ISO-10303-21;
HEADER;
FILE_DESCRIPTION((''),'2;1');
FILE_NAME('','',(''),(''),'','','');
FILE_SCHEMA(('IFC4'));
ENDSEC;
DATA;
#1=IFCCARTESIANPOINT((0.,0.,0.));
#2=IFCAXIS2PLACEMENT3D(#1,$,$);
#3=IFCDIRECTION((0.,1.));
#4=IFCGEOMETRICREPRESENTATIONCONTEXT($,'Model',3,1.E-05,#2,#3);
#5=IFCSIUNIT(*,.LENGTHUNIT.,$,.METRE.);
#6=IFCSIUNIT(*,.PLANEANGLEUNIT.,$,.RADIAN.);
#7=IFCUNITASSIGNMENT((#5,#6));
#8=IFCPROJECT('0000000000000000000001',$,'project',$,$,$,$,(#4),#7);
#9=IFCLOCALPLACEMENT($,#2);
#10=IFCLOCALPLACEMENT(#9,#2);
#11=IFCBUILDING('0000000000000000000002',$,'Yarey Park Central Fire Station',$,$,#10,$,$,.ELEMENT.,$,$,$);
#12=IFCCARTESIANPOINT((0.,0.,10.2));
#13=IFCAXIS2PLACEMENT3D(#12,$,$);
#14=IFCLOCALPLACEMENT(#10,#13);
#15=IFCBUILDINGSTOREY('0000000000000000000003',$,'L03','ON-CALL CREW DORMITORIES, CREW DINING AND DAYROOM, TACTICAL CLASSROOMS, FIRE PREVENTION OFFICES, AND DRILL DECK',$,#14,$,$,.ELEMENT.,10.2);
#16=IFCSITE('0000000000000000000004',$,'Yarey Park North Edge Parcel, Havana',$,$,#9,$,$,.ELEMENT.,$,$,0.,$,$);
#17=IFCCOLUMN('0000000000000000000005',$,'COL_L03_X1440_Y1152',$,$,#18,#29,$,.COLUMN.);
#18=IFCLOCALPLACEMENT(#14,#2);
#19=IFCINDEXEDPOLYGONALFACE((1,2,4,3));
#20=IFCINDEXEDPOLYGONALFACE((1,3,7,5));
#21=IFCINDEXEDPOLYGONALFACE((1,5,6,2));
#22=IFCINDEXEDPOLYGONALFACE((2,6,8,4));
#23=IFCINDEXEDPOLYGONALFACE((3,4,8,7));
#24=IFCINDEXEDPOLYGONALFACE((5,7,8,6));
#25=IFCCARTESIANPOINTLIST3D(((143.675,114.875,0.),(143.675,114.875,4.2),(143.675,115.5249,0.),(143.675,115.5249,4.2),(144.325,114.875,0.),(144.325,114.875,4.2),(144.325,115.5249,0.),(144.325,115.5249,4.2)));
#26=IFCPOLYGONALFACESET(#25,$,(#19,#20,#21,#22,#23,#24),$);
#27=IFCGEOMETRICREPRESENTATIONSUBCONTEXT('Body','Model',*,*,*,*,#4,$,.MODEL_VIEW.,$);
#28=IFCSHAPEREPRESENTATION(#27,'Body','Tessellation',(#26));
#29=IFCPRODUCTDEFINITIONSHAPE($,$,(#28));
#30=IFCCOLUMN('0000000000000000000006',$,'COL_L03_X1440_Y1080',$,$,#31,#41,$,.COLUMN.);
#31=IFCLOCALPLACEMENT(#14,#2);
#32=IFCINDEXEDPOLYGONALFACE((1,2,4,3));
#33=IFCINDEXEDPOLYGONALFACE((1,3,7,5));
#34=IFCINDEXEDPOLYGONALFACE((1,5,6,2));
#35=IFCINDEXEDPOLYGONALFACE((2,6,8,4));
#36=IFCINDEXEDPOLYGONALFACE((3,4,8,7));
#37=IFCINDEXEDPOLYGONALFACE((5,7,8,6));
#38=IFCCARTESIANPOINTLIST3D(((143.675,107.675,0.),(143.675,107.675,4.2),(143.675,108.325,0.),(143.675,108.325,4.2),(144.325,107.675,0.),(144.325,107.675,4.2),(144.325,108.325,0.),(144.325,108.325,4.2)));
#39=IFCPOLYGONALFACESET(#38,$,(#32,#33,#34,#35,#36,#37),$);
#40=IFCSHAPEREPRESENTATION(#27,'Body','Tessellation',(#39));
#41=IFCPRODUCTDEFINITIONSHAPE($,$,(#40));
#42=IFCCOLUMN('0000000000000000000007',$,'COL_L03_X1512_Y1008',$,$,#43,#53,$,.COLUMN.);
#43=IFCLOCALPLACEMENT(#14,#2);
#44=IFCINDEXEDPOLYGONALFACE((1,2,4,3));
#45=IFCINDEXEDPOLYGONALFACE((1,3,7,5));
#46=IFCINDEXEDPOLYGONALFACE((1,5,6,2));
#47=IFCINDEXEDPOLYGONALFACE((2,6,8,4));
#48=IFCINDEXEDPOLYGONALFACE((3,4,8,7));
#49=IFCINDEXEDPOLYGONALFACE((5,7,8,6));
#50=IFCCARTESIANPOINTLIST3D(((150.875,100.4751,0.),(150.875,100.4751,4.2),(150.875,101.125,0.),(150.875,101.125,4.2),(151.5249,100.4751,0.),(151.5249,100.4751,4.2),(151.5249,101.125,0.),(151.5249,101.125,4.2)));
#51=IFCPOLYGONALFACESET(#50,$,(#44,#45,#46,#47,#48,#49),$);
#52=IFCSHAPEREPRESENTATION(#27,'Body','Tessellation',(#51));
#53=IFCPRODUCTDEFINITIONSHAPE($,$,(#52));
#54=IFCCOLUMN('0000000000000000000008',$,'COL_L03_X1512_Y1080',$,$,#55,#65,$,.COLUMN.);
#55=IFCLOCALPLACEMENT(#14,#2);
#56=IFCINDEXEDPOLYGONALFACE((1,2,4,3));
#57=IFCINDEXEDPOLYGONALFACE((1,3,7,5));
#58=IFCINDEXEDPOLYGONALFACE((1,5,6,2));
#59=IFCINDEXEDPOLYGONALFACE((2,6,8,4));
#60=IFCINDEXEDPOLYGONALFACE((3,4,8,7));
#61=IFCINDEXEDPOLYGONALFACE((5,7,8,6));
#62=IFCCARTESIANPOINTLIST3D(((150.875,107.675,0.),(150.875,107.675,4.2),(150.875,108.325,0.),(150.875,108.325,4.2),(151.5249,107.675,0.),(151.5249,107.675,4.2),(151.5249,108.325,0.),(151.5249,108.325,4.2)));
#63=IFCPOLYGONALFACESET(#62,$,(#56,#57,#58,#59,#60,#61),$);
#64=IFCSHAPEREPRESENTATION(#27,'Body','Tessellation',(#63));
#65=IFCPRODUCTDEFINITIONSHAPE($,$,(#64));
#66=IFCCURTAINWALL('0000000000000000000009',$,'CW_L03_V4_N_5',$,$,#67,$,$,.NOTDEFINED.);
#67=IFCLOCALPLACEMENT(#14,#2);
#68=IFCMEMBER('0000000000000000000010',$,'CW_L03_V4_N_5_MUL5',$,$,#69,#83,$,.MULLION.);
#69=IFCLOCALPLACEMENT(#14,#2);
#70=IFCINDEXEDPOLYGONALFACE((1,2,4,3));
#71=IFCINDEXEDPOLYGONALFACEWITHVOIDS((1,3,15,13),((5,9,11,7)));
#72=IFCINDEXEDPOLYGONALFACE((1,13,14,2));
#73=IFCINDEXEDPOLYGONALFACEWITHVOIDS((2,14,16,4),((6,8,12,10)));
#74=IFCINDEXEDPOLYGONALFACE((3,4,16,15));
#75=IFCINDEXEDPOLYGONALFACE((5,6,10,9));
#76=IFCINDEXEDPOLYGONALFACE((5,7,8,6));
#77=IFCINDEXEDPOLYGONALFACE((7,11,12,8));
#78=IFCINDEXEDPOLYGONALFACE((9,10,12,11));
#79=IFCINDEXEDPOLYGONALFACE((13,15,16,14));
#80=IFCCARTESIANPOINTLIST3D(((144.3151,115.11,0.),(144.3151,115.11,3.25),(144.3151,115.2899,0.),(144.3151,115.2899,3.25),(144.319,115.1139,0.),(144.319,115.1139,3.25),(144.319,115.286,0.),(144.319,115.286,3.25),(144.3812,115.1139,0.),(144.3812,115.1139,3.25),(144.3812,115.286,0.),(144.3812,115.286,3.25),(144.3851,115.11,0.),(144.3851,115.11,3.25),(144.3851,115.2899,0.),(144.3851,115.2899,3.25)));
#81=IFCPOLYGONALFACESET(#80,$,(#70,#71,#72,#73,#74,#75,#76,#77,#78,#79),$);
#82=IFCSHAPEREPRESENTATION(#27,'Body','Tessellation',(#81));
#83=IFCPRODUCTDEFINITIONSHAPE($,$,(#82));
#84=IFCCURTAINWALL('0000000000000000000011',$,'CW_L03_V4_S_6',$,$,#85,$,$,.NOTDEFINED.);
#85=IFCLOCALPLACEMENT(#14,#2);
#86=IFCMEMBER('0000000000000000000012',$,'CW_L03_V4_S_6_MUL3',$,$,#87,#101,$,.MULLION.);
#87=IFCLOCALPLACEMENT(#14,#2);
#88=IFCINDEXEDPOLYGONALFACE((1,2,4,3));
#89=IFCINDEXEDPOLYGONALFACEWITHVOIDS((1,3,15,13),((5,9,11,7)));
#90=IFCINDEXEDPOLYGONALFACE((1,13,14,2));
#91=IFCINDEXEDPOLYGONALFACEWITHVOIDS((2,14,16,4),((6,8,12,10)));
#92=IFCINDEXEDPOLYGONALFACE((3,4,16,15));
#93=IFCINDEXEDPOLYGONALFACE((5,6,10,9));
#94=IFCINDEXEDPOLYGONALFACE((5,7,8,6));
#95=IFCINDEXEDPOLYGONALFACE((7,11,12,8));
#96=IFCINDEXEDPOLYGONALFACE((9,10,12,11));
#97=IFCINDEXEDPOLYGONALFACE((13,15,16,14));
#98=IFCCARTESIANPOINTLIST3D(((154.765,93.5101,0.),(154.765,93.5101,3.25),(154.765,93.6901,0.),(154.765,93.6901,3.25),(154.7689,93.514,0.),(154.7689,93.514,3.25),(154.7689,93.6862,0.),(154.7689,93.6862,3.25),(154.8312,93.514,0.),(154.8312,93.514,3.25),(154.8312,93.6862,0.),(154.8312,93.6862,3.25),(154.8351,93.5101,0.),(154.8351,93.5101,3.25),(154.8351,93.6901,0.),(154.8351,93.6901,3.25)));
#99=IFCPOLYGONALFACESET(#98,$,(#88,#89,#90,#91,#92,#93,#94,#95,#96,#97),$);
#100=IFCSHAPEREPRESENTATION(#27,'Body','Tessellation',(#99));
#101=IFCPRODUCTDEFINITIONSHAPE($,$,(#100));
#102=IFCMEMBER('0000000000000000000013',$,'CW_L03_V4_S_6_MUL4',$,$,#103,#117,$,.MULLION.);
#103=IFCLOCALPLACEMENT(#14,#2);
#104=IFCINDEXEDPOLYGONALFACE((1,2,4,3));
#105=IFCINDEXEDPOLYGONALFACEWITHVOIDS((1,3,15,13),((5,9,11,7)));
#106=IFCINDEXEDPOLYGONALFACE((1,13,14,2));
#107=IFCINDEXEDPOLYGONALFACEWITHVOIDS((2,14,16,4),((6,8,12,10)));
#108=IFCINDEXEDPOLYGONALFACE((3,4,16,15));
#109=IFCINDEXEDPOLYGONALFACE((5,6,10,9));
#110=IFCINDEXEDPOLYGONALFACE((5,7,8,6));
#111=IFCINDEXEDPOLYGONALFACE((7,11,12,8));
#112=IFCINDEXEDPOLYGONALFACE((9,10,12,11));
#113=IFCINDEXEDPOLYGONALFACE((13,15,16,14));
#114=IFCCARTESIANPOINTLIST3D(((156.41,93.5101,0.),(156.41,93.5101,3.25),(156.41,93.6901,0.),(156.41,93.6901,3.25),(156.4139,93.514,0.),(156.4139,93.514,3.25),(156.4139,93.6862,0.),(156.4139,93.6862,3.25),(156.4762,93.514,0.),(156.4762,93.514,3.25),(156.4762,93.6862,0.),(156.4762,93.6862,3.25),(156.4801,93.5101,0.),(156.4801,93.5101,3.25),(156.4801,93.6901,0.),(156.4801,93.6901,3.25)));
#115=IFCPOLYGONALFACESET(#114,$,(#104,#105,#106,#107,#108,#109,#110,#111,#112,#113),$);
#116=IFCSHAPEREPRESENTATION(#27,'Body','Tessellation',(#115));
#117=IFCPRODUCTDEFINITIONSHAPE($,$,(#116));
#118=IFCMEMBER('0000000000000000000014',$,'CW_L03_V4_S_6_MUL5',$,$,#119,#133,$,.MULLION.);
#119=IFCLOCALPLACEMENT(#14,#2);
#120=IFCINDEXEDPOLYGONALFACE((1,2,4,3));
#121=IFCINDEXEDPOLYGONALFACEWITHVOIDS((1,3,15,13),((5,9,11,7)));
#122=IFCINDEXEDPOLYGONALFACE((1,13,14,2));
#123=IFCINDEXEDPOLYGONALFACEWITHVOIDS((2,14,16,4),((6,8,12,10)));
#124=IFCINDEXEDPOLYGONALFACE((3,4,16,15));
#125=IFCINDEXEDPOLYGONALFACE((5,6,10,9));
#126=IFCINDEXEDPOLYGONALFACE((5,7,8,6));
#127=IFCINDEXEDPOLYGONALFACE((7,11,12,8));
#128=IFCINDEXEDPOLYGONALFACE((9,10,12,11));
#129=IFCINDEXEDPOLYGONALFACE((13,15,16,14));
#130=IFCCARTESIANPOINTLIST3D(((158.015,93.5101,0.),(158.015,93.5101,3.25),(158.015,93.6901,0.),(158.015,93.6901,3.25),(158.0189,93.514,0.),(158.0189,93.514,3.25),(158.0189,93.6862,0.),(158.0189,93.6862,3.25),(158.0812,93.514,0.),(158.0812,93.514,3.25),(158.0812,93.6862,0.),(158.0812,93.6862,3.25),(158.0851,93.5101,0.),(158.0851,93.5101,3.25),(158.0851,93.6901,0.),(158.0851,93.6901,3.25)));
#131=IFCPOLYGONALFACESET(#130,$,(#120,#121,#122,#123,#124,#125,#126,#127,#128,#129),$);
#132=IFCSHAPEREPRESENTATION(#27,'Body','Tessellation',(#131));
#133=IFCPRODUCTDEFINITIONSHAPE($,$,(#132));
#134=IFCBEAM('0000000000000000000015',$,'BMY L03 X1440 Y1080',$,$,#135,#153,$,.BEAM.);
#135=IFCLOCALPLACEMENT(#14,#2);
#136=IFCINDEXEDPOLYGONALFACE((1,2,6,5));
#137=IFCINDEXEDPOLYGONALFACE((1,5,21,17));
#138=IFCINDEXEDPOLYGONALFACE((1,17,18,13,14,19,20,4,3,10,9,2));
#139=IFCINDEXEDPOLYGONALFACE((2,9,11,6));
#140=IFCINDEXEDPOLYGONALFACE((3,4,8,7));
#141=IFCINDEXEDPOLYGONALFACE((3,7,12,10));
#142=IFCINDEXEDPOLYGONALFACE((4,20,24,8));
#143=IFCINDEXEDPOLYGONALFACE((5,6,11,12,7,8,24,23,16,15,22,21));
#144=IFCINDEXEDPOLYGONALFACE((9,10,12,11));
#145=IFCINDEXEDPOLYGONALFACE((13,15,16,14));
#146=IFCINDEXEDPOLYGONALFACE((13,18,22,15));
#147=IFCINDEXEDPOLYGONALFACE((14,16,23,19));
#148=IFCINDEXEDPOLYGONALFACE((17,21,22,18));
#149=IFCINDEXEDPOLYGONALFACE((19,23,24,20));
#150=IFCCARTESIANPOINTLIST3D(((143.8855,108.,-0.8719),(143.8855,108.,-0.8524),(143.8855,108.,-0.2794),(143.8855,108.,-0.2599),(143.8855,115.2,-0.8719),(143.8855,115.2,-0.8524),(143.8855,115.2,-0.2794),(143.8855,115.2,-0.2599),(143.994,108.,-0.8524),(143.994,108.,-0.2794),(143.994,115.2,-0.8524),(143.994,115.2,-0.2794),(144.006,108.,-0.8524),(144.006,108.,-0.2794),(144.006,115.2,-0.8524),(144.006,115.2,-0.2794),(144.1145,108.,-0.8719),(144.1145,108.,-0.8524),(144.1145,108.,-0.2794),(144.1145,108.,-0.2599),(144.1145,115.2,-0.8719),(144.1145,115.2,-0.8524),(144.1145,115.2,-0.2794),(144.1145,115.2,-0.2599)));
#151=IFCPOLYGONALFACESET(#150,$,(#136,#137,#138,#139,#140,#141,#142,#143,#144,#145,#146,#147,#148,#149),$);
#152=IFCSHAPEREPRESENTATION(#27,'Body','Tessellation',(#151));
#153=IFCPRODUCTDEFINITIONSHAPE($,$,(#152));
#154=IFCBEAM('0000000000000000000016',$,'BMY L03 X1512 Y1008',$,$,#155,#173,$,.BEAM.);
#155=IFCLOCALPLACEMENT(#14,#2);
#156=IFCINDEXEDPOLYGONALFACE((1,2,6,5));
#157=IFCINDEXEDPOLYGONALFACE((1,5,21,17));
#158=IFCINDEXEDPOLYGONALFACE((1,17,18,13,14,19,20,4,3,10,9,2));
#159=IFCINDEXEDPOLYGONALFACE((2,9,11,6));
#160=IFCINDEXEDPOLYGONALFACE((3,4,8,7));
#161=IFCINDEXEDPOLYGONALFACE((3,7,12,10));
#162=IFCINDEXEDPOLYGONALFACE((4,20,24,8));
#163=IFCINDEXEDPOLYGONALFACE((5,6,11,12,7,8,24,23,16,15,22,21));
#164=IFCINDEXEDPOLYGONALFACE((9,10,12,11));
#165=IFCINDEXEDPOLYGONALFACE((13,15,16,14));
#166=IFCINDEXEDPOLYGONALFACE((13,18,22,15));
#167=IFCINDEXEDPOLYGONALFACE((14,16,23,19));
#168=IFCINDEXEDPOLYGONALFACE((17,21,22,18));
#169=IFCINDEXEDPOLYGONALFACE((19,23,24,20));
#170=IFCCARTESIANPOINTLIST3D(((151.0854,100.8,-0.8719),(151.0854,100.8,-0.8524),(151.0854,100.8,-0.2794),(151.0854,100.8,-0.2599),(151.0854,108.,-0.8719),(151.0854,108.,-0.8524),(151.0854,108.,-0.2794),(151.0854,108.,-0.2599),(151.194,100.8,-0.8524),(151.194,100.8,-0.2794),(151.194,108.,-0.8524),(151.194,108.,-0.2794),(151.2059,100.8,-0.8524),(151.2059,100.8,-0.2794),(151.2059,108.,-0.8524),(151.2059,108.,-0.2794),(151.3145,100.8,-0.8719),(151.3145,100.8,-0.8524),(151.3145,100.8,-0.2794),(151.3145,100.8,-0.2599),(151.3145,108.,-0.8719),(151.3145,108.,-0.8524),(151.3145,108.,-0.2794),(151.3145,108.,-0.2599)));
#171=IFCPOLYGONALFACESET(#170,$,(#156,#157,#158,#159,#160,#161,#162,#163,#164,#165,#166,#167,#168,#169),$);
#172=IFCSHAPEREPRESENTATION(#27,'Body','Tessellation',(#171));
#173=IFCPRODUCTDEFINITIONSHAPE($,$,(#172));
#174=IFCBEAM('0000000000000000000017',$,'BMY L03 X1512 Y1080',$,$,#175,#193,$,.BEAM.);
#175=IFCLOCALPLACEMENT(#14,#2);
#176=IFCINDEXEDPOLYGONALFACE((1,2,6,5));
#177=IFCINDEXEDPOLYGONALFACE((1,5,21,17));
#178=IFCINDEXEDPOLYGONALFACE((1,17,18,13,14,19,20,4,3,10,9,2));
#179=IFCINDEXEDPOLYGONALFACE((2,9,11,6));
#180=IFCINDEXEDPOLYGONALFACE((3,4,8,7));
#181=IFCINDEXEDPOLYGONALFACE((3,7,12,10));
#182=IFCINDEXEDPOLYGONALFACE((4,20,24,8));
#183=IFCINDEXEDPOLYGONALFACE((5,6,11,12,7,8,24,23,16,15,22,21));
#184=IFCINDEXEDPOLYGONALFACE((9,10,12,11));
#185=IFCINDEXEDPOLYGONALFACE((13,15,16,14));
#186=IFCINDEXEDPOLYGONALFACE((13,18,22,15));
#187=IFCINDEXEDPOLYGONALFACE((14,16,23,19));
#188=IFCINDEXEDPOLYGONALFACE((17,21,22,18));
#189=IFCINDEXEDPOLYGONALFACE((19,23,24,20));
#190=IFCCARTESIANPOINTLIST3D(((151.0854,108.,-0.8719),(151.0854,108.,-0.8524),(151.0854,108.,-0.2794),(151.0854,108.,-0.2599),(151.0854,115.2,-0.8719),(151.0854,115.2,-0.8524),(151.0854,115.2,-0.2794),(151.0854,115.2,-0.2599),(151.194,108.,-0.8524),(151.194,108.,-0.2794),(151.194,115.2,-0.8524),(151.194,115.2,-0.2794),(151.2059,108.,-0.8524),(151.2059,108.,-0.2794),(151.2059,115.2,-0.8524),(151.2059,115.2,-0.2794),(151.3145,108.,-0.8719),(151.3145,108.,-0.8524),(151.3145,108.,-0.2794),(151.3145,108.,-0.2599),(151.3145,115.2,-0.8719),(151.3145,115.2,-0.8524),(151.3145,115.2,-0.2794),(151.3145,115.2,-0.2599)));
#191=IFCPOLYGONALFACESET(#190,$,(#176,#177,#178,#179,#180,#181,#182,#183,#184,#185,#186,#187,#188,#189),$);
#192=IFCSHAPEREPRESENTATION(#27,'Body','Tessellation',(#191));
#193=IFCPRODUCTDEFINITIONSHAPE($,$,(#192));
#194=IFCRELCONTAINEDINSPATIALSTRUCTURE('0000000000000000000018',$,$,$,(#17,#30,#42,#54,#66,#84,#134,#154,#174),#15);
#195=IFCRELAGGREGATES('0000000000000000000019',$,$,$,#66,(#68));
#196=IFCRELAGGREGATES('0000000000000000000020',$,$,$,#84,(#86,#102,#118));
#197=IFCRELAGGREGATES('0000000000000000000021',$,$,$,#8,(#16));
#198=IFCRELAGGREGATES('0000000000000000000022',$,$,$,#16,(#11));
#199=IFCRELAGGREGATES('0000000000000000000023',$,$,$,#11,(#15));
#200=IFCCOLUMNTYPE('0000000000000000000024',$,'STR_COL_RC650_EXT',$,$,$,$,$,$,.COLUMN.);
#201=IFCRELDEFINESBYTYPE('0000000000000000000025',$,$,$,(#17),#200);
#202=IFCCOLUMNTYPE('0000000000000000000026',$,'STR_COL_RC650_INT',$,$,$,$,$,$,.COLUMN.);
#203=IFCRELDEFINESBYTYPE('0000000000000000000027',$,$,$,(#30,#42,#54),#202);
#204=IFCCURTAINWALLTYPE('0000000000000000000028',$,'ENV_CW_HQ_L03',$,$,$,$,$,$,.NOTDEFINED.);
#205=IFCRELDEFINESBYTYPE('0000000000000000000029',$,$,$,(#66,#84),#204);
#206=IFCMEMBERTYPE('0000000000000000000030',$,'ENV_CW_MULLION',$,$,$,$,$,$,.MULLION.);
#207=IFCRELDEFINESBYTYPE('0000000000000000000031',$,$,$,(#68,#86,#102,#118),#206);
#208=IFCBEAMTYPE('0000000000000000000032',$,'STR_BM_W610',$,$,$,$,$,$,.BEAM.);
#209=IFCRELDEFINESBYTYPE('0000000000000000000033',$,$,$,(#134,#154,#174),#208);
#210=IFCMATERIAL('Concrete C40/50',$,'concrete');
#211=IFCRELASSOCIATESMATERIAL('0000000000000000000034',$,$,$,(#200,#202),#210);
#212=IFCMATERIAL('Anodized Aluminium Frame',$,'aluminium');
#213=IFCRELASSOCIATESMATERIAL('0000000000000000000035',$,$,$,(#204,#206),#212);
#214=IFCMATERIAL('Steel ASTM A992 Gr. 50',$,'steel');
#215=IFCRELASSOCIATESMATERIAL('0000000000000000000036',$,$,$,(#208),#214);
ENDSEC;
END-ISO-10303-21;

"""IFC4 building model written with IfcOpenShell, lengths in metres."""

from ifc_helpers import new_model, si_unit, direction, frame, origin, origin_2d, place, context, subcontext, project, spatial, rectangle, hollow_rectangle, i_section, extrude, material, material_profile, profile_set, type_object, element, aggregate, save


model = new_model("IFC4")

# Units and contexts
model_context = context("Model", 3, precision=1e-05, world=origin(), true_north=direction((0.0, 1.0)))
body_context = subcontext(model_context, "Body", "Model", "MODEL_VIEW")
ifc_project = project(units=[si_unit("LENGTHUNIT", "METRE"), si_unit("PLANEANGLEUNIT", "RADIAN")], contexts=[model_context])

# Site, building, storey
site_placement = place(None, origin())
site = spatial("IfcSite", under=ifc_project, at=site_placement, Name="Yarey Park North Edge Parcel, Havana", CompositionType="ELEMENT", RefElevation=0.0)
building_placement = place(site_placement, origin())
building = spatial("IfcBuilding", under=site, at=building_placement, Name="Yarey Park Central Fire Station", CompositionType="ELEMENT")
storey_placement = place(building_placement, frame((0.0, 0.0, 10.2)))
storey = spatial("IfcBuildingStorey", under=building, at=storey_placement, Name="L03", Description="ON-CALL CREW DORMITORIES, CREW DINING AND DAYROOM, TACTICAL CLASSROOMS, FIRE PREVENTION OFFICES, AND DRILL DECK", CompositionType="ELEMENT", Elevation=10.2)

# Columns
ifc_material_1 = material(Name="Concrete C40/50", Category="concrete")
ifc_material_profile_1 = material_profile(ifc_material_1, rectangle(XDim=0.6499, YDim=0.6499, at=origin_2d()), Name="RC 650x650")
ifc_profile_set_1 = profile_set([ifc_material_profile_1], Name="Concrete C40/50")
column_type_1 = type_object("IfcColumnType", Name="STR_COL_RC650_EXT", PredefinedType="COLUMN", material=ifc_profile_set_1)
column_placement = place(storey_placement, frame((144.0, 115.2, 0.0), z_axis=(0.0, 0.0, 1.0), x_axis=(1.0, 0.0, 0.0)))
element("IfcColumn", 1, at=column_placement, inside=storey, type_object=column_type_1, Name="COL_L03_X1440_Y1152", PredefinedType="COLUMN", context=body_context, shape_type="SweptSolid", body=[
    extrude(rectangle(XDim=0.6499, YDim=0.6499, at=origin_2d()), origin(), (0.0, 0.0, 1.0), 4.2),
])
ifc_material_profile_2 = material_profile(ifc_material_1, rectangle(XDim=0.6499, YDim=0.6499, at=origin_2d()), Name="RC 650x650")
ifc_profile_set_2 = profile_set([ifc_material_profile_2], Name="Concrete C40/50")
column_type_2 = type_object("IfcColumnType", Name="STR_COL_RC650_INT", PredefinedType="COLUMN", material=ifc_profile_set_2)
for number, where, z_axis, x_axis, name in (
    (2, (144.0, 108.0, 0.0), (0.0, 0.0, 1.0), (1.0, 0.0, 0.0), "COL_L03_X1440_Y1080"),
    (3, (151.2, 100.8, 0.0), (0.0, 0.0, 1.0), (1.0, 0.0, 0.0), "COL_L03_X1512_Y1008"),
    (4, (151.2, 108.0, 0.0), (0.0, 0.0, 1.0), (1.0, 0.0, 0.0), "COL_L03_X1512_Y1080"),
):
    element("IfcColumn", number, at=place(storey_placement, frame(where, z_axis=z_axis, x_axis=x_axis)), inside=storey, type_object=column_type_2, Name=name, PredefinedType="COLUMN", context=body_context, shape_type="SweptSolid", body=[
        extrude(rectangle(XDim=0.6499, YDim=0.6499, at=origin_2d()), origin(), (0.0, 0.0, 1.0), 4.2),
    ])

# Curtain wall, member
ifc_material_2 = material(Name="Anodized Aluminium Frame", Category="aluminium")
curtain_wall_type = type_object("IfcCurtainWallType", Name="ENV_CW_HQ_L03", PredefinedType="NOTDEFINED", material=ifc_material_2)
curtain_wall_1_placement = place(storey_placement, origin())
curtain_wall_1 = element("IfcCurtainWall", 5, at=curtain_wall_1_placement, inside=storey, type_object=curtain_wall_type, Name="CW_L03_V4_N_5", PredefinedType="NOTDEFINED")
ifc_material_profile_3 = material_profile(ifc_material_2, hollow_rectangle(XDim=0.0701, YDim=0.1799, WallThickness=0.0039, at=origin_2d()), Name="ALU 180x70x4")
ifc_profile_set_3 = profile_set([ifc_material_profile_3], Name="Anodized Aluminium Frame")
member_type = type_object("IfcMemberType", Name="ENV_CW_MULLION", PredefinedType="MULLION", material=ifc_profile_set_3)
member_1_placement = place(storey_placement, frame((144.3501, 115.2, 0.0), z_axis=(0.0, 0.0, 1.0), x_axis=(1.0, 0.0, 0.0)))
member_1 = element("IfcMember", 6, at=member_1_placement, type_object=member_type, Name="CW_L03_V4_N_5_MUL5", PredefinedType="MULLION", context=body_context, shape_type="SweptSolid", body=[
    extrude(hollow_rectangle(XDim=0.0701, YDim=0.1799, WallThickness=0.0039, at=origin_2d()), origin(), (0.0, 0.0, 1.0), 3.25),
])
aggregate(curtain_wall_1, [member_1])

# Curtain wall, members
curtain_wall_2_placement = place(storey_placement, origin())
curtain_wall_2 = element("IfcCurtainWall", 7, at=curtain_wall_2_placement, inside=storey, type_object=curtain_wall_type, Name="CW_L03_V4_S_6", PredefinedType="NOTDEFINED")
member_2_placement = place(storey_placement, frame((154.8, 93.6001, 0.0), z_axis=(0.0, 0.0, 1.0), x_axis=(1.0, 0.0, 0.0)))
member_2 = element("IfcMember", 8, at=member_2_placement, type_object=member_type, Name="CW_L03_V4_S_6_MUL3", PredefinedType="MULLION", context=body_context, shape_type="SweptSolid", body=[
    extrude(hollow_rectangle(XDim=0.0701, YDim=0.1799, WallThickness=0.0039, at=origin_2d()), origin(), (0.0, 0.0, 1.0), 3.25),
])
member_3_placement = place(storey_placement, frame((156.4451, 93.6001, 0.0), z_axis=(0.0, 0.0, 1.0), x_axis=(1.0, 0.0, 0.0)))
member_3 = element("IfcMember", 9, at=member_3_placement, type_object=member_type, Name="CW_L03_V4_S_6_MUL4", PredefinedType="MULLION", context=body_context, shape_type="SweptSolid", body=[
    extrude(hollow_rectangle(XDim=0.0701, YDim=0.1799, WallThickness=0.0039, at=origin_2d()), origin(), (0.0, 0.0, 1.0), 3.25),
])
member_4_placement = place(storey_placement, frame((158.05, 93.6001, 0.0), z_axis=(0.0, 0.0, 1.0), x_axis=(1.0, 0.0, 0.0)))
member_4 = element("IfcMember", 10, at=member_4_placement, type_object=member_type, Name="CW_L03_V4_S_6_MUL5", PredefinedType="MULLION", context=body_context, shape_type="SweptSolid", body=[
    extrude(hollow_rectangle(XDim=0.0701, YDim=0.1799, WallThickness=0.0039, at=origin_2d()), origin(), (0.0, 0.0, 1.0), 3.25),
])

# Beams
ifc_material_3 = material(Name="Steel ASTM A992 Gr. 50", Category="steel")
ifc_material_profile_4 = material_profile(ifc_material_3, i_section(OverallWidth=0.229, OverallDepth=0.6121, WebThickness=0.012, FlangeThickness=0.0195, at=origin_2d()), Name="W610x125")
ifc_profile_set_4 = profile_set([ifc_material_profile_4], Name="Steel ASTM A992 Gr. 50")
beam_type_1 = type_object("IfcBeamType", Name="STR_BM_W610", PredefinedType="BEAM", material=ifc_profile_set_4)
for number, where, z_axis, x_axis, name in (
    (11, (144.0, 108.0, -0.5659), (0.0, 1.0, 0.0), (-1.0, 0.0, 0.0), "BMY L03 X1440 Y1080"),
    (12, (151.2, 100.8, -0.5659), (0.0, 1.0, 0.0), (-1.0, 0.0, 0.0), "BMY L03 X1512 Y1008"),
    (13, (151.2, 108.0, -0.5659), (0.0, 1.0, 0.0), (-1.0, 0.0, 0.0), "BMY L03 X1512 Y1080"),
):
    element("IfcBeam", number, at=place(storey_placement, frame(where, z_axis=z_axis, x_axis=x_axis)), inside=storey, type_object=beam_type_1, Name=name, PredefinedType="BEAM", context=body_context, shape_type="SweptSolid", body=[
        extrude(i_section(OverallWidth=0.229, OverallDepth=0.6121, WebThickness=0.012, FlangeThickness=0.0195, at=origin_2d()), origin(), (0.0, 0.0, 1.0), 7.2),
    ])

aggregate(curtain_wall_2, [member_2, member_3, member_4])

save(model, "model.ifc")
